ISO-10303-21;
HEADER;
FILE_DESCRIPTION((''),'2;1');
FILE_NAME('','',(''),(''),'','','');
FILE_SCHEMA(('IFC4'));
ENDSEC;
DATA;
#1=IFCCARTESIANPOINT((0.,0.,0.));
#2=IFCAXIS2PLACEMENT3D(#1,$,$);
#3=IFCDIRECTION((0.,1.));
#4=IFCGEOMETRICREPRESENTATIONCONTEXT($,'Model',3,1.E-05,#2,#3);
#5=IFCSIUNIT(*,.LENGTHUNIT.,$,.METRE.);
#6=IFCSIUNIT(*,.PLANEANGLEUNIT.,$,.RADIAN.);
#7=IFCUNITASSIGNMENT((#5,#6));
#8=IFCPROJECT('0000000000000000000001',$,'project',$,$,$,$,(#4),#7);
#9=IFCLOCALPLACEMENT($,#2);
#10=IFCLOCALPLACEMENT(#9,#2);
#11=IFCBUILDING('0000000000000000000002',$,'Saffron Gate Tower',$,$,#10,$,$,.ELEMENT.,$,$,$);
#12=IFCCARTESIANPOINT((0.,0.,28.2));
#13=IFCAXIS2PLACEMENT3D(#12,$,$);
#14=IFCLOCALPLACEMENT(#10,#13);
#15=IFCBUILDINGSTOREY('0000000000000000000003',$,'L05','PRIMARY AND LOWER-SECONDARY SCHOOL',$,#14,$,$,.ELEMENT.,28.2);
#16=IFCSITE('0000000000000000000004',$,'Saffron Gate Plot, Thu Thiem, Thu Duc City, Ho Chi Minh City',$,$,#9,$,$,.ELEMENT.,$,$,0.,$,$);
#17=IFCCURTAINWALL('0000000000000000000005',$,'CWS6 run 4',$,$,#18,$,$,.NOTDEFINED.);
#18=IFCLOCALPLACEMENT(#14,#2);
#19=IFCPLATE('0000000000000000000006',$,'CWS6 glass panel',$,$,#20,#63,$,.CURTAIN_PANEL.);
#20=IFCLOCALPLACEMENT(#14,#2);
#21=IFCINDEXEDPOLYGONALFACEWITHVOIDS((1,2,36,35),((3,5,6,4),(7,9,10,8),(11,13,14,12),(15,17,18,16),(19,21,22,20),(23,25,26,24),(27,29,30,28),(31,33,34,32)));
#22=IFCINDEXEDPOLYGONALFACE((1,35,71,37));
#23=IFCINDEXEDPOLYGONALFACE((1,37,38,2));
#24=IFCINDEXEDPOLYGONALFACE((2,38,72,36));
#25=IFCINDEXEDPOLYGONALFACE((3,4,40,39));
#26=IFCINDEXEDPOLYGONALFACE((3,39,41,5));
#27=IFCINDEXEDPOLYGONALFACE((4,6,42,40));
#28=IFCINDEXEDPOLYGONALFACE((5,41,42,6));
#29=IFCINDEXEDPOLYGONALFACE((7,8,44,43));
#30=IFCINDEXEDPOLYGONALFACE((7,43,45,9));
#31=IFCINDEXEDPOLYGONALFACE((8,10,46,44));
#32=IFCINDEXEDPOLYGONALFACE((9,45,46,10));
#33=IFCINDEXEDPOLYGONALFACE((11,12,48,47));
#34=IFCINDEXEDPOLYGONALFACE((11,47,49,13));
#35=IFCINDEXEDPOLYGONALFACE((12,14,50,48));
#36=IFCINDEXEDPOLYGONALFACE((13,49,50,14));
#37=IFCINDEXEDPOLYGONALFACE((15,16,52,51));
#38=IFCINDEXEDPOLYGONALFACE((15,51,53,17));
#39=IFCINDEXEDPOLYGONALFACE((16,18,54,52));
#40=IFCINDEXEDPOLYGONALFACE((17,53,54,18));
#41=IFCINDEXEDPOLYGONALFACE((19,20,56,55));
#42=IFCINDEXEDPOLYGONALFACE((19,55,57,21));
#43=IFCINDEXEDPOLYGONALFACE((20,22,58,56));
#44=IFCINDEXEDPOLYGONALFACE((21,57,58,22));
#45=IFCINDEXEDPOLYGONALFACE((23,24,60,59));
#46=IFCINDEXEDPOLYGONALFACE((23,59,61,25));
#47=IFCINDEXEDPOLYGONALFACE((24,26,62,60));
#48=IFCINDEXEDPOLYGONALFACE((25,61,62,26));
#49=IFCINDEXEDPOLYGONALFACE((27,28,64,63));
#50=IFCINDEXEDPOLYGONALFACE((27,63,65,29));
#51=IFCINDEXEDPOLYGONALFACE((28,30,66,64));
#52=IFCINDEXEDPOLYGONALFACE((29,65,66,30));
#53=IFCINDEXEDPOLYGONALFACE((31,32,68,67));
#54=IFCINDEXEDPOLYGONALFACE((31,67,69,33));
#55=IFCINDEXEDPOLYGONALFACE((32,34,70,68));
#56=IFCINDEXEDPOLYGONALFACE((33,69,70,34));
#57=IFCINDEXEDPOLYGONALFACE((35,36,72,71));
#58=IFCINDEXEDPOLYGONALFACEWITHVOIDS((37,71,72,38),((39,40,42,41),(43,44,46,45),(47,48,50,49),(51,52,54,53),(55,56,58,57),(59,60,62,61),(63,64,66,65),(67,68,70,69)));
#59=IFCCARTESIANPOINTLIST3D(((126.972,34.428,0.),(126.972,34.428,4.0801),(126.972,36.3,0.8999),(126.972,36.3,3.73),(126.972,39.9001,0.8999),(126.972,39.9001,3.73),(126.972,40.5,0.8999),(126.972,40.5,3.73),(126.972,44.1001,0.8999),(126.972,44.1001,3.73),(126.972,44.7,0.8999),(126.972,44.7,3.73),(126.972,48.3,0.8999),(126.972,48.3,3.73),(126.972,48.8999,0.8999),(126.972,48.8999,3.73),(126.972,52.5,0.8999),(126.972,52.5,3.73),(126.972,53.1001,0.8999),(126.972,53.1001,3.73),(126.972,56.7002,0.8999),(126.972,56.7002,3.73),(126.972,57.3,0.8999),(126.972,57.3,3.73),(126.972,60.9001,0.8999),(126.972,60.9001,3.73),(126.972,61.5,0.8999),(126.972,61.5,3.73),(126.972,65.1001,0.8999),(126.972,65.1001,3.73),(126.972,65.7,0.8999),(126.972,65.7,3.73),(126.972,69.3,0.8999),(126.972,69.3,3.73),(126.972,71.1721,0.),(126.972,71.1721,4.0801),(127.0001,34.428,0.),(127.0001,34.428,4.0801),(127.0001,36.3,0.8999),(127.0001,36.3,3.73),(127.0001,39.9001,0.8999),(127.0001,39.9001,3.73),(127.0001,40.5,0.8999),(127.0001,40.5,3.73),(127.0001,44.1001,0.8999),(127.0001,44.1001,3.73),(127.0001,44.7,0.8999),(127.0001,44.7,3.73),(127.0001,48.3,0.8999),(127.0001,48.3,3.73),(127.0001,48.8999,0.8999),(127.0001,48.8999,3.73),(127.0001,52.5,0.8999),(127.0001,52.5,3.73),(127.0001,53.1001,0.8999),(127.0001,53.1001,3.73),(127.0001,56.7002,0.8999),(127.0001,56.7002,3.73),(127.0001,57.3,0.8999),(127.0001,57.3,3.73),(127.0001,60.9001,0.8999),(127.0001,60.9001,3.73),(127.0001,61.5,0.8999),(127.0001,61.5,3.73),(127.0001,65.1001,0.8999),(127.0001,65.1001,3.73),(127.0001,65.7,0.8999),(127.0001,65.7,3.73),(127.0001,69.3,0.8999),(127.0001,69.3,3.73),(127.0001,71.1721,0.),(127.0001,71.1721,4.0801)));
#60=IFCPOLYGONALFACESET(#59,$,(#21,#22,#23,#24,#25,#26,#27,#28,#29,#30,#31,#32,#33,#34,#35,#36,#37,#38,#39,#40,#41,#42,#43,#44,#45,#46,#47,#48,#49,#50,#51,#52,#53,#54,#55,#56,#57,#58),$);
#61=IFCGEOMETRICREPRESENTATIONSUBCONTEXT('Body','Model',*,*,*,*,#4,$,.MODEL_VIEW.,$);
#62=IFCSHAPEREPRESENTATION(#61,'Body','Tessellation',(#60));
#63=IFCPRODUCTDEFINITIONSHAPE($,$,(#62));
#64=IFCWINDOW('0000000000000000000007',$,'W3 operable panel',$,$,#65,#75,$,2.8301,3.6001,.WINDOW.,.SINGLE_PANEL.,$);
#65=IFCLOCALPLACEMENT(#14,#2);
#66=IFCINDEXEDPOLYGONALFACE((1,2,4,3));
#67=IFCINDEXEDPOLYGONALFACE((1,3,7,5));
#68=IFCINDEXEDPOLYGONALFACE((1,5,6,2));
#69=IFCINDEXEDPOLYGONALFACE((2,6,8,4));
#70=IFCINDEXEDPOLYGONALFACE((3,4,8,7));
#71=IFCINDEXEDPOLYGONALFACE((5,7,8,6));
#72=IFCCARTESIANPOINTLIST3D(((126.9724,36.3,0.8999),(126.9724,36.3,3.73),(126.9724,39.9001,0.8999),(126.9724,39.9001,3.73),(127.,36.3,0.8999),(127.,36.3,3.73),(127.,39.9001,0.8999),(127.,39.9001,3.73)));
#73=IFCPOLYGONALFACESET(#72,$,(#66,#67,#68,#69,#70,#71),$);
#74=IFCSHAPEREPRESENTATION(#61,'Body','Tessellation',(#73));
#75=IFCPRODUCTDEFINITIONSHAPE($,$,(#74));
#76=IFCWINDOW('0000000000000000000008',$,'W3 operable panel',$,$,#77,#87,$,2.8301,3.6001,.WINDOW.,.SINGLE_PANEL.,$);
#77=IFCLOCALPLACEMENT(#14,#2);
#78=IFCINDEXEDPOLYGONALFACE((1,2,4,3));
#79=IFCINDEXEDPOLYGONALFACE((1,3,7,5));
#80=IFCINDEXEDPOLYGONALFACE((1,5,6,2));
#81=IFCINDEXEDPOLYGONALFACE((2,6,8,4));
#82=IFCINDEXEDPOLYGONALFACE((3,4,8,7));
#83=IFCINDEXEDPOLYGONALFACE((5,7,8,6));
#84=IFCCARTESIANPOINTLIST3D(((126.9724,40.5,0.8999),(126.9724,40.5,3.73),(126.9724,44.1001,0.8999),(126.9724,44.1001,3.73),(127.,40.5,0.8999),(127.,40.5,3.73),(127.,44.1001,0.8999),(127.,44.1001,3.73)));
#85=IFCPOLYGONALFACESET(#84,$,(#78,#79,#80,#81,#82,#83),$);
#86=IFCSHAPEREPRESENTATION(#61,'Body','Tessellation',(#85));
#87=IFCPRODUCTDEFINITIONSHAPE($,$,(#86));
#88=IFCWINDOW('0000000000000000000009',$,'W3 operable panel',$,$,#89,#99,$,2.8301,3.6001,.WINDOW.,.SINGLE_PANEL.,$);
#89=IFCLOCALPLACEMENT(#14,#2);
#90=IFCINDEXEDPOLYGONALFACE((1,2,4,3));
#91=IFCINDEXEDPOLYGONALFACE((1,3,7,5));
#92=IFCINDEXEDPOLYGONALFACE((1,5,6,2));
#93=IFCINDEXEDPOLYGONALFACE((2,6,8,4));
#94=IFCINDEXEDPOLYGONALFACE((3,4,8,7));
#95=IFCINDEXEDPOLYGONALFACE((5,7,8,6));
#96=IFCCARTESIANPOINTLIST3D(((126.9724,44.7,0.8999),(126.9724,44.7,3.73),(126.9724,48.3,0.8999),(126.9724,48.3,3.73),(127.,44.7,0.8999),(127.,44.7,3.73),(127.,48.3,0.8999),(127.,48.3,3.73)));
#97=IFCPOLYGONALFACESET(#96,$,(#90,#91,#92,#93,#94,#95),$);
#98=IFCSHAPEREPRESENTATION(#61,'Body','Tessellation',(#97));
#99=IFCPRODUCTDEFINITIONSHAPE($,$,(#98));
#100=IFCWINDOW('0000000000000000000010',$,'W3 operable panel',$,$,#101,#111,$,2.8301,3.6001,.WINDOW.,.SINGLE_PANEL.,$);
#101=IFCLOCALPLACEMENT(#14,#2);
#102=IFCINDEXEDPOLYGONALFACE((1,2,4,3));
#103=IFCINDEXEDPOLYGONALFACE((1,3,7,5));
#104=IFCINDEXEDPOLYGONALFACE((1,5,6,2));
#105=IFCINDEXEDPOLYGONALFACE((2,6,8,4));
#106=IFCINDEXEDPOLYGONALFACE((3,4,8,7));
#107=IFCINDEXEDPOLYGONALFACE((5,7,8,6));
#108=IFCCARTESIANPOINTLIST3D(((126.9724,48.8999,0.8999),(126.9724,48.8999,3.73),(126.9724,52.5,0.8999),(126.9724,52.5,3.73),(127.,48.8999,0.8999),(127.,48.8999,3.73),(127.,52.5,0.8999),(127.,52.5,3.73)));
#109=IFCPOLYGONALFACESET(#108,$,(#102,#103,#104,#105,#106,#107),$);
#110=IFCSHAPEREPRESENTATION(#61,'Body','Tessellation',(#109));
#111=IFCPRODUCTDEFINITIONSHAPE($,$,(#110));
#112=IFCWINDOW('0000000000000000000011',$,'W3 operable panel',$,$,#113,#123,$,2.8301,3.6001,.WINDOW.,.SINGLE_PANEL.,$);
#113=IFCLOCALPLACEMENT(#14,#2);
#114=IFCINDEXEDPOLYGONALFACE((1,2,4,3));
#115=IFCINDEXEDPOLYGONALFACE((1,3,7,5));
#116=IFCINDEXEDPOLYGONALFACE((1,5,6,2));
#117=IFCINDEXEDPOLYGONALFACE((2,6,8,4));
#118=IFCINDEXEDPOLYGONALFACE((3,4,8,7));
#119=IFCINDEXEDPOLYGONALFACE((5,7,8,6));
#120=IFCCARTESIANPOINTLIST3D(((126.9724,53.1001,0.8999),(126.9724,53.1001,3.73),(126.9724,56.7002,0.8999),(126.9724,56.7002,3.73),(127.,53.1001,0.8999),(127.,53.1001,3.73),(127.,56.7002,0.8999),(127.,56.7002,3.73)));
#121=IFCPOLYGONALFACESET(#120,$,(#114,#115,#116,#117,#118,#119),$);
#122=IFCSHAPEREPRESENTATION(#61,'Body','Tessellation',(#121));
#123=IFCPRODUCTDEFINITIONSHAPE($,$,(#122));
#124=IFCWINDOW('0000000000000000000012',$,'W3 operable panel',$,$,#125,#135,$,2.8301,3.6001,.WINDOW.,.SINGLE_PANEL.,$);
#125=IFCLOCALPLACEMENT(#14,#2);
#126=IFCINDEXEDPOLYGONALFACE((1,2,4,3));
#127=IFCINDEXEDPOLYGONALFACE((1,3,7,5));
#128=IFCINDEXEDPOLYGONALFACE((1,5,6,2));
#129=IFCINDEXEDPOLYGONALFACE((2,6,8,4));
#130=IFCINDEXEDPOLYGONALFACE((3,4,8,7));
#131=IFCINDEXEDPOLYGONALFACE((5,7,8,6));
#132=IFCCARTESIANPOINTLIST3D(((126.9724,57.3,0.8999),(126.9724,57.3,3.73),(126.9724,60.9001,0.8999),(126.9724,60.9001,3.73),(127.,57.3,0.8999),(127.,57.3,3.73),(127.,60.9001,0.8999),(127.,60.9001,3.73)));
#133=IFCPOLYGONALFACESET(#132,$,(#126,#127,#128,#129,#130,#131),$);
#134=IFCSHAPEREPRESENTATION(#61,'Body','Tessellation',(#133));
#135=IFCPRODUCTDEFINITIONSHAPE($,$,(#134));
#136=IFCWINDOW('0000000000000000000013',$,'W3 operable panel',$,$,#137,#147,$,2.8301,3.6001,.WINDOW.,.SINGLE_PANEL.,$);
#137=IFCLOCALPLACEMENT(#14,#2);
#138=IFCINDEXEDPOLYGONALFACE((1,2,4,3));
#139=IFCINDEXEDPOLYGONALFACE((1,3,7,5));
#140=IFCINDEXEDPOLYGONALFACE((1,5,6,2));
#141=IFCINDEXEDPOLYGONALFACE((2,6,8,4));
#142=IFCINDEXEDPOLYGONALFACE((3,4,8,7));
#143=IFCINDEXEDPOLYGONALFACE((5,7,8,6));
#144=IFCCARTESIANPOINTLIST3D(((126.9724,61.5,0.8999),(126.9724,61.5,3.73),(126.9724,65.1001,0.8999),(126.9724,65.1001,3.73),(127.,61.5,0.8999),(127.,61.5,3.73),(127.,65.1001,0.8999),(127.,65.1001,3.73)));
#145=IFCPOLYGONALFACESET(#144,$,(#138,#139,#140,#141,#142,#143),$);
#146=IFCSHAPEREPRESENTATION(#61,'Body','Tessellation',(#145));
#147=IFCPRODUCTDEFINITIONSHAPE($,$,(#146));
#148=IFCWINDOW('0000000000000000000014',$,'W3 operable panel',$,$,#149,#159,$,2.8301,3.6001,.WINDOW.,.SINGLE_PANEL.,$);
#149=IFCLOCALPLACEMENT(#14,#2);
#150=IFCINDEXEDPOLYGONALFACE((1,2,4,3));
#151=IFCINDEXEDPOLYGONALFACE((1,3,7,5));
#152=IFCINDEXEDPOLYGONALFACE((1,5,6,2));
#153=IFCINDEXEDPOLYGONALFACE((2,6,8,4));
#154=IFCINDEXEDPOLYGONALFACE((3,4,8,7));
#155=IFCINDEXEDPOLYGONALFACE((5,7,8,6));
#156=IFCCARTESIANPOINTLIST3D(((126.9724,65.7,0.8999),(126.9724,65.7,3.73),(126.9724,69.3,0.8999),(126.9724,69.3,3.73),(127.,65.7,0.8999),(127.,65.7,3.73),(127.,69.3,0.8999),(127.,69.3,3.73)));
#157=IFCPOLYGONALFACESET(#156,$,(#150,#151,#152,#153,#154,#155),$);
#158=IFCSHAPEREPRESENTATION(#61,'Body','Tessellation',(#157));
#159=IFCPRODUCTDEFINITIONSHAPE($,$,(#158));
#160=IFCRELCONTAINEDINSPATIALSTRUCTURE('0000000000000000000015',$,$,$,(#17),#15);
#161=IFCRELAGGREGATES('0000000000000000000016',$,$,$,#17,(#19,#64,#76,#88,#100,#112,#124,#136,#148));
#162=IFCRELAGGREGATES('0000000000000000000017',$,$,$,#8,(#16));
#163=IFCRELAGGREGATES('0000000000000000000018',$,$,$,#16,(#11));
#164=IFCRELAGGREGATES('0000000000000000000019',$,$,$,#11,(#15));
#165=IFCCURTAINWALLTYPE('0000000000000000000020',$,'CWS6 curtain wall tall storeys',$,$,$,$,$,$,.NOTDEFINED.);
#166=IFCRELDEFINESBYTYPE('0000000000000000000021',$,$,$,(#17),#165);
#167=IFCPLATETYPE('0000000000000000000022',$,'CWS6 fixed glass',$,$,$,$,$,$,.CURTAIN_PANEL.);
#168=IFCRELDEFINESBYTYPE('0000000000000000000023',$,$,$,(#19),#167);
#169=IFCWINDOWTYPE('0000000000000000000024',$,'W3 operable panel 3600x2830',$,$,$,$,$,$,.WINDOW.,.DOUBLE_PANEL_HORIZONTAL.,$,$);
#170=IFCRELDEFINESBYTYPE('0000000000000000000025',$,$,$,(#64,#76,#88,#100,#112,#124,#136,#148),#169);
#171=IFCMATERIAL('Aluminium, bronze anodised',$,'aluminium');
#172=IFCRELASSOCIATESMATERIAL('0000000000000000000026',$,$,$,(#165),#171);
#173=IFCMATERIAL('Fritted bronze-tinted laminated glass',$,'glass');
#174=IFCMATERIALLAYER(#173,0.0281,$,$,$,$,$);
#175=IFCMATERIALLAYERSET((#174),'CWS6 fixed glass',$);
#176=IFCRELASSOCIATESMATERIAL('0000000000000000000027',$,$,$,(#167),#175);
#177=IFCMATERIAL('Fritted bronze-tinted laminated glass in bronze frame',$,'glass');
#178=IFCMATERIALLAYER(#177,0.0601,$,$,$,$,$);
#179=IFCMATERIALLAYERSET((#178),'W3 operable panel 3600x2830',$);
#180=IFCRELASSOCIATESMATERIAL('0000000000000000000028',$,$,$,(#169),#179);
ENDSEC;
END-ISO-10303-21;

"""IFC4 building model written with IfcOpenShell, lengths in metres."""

from ifc_helpers import new_model, si_unit, direction, frame, frame_2d, origin, place, context, subcontext, project, spatial, rectangle, extrude, material, layer, layer_set, type_object, element, fill, aggregate, save


model = new_model("IFC4")

# Units and contexts
model_context = context("Model", 3, precision=1e-05, world=origin(), true_north=direction((0.0, 1.0)))
body_context = subcontext(model_context, "Body", "Model", "MODEL_VIEW")
ifc_project = project(units=[si_unit("LENGTHUNIT", "METRE"), si_unit("PLANEANGLEUNIT", "RADIAN")], contexts=[model_context])

# Site, building, storey
site_placement = place(None, origin())
site = spatial("IfcSite", under=ifc_project, at=site_placement, Name="Saffron Gate Plot, Thu Thiem, Thu Duc City, Ho Chi Minh City", CompositionType="ELEMENT", RefElevation=0.0)
building_placement = place(site_placement, origin())
building = spatial("IfcBuilding", under=site, at=building_placement, Name="Saffron Gate Tower", CompositionType="ELEMENT")
storey_placement = place(building_placement, frame((0.0, 0.0, 28.2)))
storey = spatial("IfcBuildingStorey", under=building, at=storey_placement, Name="L05", Description="PRIMARY AND LOWER-SECONDARY SCHOOL", CompositionType="ELEMENT", Elevation=28.2)

# Curtain wall
ifc_material_1 = material(Name="Aluminium, bronze anodised", Category="aluminium")
curtain_wall_type = type_object("IfcCurtainWallType", Name="CWS6 curtain wall tall storeys", PredefinedType="NOTDEFINED", material=ifc_material_1)
curtain_wall_1_placement = place(storey_placement, origin())
curtain_wall_1 = element("IfcCurtainWall", 1, at=curtain_wall_1_placement, inside=storey, type_object=curtain_wall_type, Name="CWS6 run 4", PredefinedType="NOTDEFINED")

# Plate, openings, windows
ifc_material_2 = material(Name="Fritted bronze-tinted laminated glass", Category="glass")
ifc_layer_1 = layer(ifc_material_2, 0.0281)
ifc_layer_set_1 = layer_set([ifc_layer_1], Name="CWS6 fixed glass")
plate_type = type_object("IfcPlateType", Name="CWS6 fixed glass", PredefinedType="CURTAIN_PANEL", material=ifc_layer_set_1)
plate_placement = place(storey_placement, frame((126.9861, 34.428, 0.0), z_axis=(0.0, 0.0, 1.0), x_axis=(0.0, 1.0, 0.0)))
plate = element("IfcPlate", 2, at=plate_placement, type_object=plate_type, Name="CWS6 glass panel", PredefinedType="CURTAIN_PANEL", context=body_context, shape_type="SweptSolid", body=[
    extrude(rectangle(XDim=36.7441, YDim=0.0281, at=frame_2d((18.3721, 0.0))), origin(), (0.0, 0.0, 1.0), 4.0801),
])
opening_1_placement = place(plate_placement, frame((1.8721, 0.0, 0.8999)))
opening_1 = element("IfcOpeningElement", 3, at=opening_1_placement, cuts=plate, PredefinedType="OPENING", context=body_context, shape_type="SweptSolid", body=[
    extrude(rectangle(XDim=3.6001, YDim=2.8301, at=frame_2d((1.8, 1.415))), frame((0.0, 0.0239, 0.0), z_axis=(0.0, -1.0, 0.0), x_axis=(1.0, 0.0, 0.0)), (0.0, 0.0, 1.0), 0.0481),
])
opening_2_placement = place(plate_placement, frame((6.072, 0.0, 0.8999)))
opening_2 = element("IfcOpeningElement", 4, at=opening_2_placement, cuts=plate, PredefinedType="OPENING", context=body_context, shape_type="SweptSolid", body=[
    extrude(rectangle(XDim=3.6001, YDim=2.8301, at=frame_2d((1.8, 1.415))), frame((0.0, 0.0239, 0.0), z_axis=(0.0, -1.0, 0.0), x_axis=(1.0, 0.0, 0.0)), (0.0, 0.0, 1.0), 0.0481),
])
opening_3_placement = place(plate_placement, frame((10.272, 0.0, 0.8999)))
opening_3 = element("IfcOpeningElement", 5, at=opening_3_placement, cuts=plate, PredefinedType="OPENING", context=body_context, shape_type="SweptSolid", body=[
    extrude(rectangle(XDim=3.6001, YDim=2.8301, at=frame_2d((1.8, 1.415))), frame((0.0, 0.0239, 0.0), z_axis=(0.0, -1.0, 0.0), x_axis=(1.0, 0.0, 0.0)), (0.0, 0.0, 1.0), 0.0481),
])
opening_4_placement = place(plate_placement, frame((14.4719, 0.0, 0.8999)))
opening_4 = element("IfcOpeningElement", 6, at=opening_4_placement, cuts=plate, PredefinedType="OPENING", context=body_context, shape_type="SweptSolid", body=[
    extrude(rectangle(XDim=3.6001, YDim=2.8301, at=frame_2d((1.8, 1.415))), frame((0.0, 0.0239, 0.0), z_axis=(0.0, -1.0, 0.0), x_axis=(1.0, 0.0, 0.0)), (0.0, 0.0, 1.0), 0.0481),
])
opening_5_placement = place(plate_placement, frame((18.6721, 0.0, 0.8999)))
opening_5 = element("IfcOpeningElement", 7, at=opening_5_placement, cuts=plate, PredefinedType="OPENING", context=body_context, shape_type="SweptSolid", body=[
    extrude(rectangle(XDim=3.6001, YDim=2.8301, at=frame_2d((1.8, 1.415))), frame((0.0, 0.0239, 0.0), z_axis=(0.0, -1.0, 0.0), x_axis=(1.0, 0.0, 0.0)), (0.0, 0.0, 1.0), 0.0481),
])
opening_6_placement = place(plate_placement, frame((22.8721, 0.0, 0.8999)))
opening_6 = element("IfcOpeningElement", 8, at=opening_6_placement, cuts=plate, PredefinedType="OPENING", context=body_context, shape_type="SweptSolid", body=[
    extrude(rectangle(XDim=3.6001, YDim=2.8301, at=frame_2d((1.8, 1.415))), frame((0.0, 0.0239, 0.0), z_axis=(0.0, -1.0, 0.0), x_axis=(1.0, 0.0, 0.0)), (0.0, 0.0, 1.0), 0.0481),
])
opening_7_placement = place(plate_placement, frame((27.072, 0.0, 0.8999)))
opening_7 = element("IfcOpeningElement", 9, at=opening_7_placement, cuts=plate, PredefinedType="OPENING", context=body_context, shape_type="SweptSolid", body=[
    extrude(rectangle(XDim=3.6001, YDim=2.8301, at=frame_2d((1.8, 1.415))), frame((0.0, 0.0239, 0.0), z_axis=(0.0, -1.0, 0.0), x_axis=(1.0, 0.0, 0.0)), (0.0, 0.0, 1.0), 0.0481),
])
opening_8_placement = place(plate_placement, frame((31.272, 0.0, 0.8999)))
opening_8 = element("IfcOpeningElement", 10, at=opening_8_placement, cuts=plate, PredefinedType="OPENING", context=body_context, shape_type="SweptSolid", body=[
    extrude(rectangle(XDim=3.6001, YDim=2.8301, at=frame_2d((1.8, 1.415))), frame((0.0, 0.0239, 0.0), z_axis=(0.0, -1.0, 0.0), x_axis=(1.0, 0.0, 0.0)), (0.0, 0.0, 1.0), 0.0481),
])
ifc_material_3 = material(Name="Fritted bronze-tinted laminated glass in bronze frame", Category="glass")
ifc_layer_2 = layer(ifc_material_3, 0.0601)
ifc_layer_set_2 = layer_set([ifc_layer_2], Name="W3 operable panel 3600x2830")
window_type = type_object("IfcWindowType", Name="W3 operable panel 3600x2830", PartitioningType="DOUBLE_PANEL_HORIZONTAL", PredefinedType="WINDOW", material=ifc_layer_set_2)
window_1_placement = place(opening_1_placement, origin())
window_1 = element("IfcWindow", 11, at=window_1_placement, type_object=window_type, Name="W3 operable panel", OverallHeight=2.8301, OverallWidth=3.6001, PartitioningType="SINGLE_PANEL", PredefinedType="WINDOW", context=body_context, shape_type="SweptSolid", body=[
    extrude(rectangle(XDim=3.6001, YDim=2.8301, at=frame_2d((1.8, 1.415))), frame((0.0, 0.0137, 0.0), z_axis=(0.0, -1.0, 0.0), x_axis=(1.0, 0.0, 0.0)), (0.0, 0.0, 1.0), 0.0276),
])
fill(opening_1, window_1)
window_2_placement = place(opening_2_placement, origin())
window_2 = element("IfcWindow", 12, at=window_2_placement, type_object=window_type, Name="W3 operable panel", OverallHeight=2.8301, OverallWidth=3.6001, PartitioningType="SINGLE_PANEL", PredefinedType="WINDOW", context=body_context, shape_type="SweptSolid", body=[
    extrude(rectangle(XDim=3.6001, YDim=2.8301, at=frame_2d((1.8, 1.415))), frame((0.0, 0.0137, 0.0), z_axis=(0.0, -1.0, 0.0), x_axis=(1.0, 0.0, 0.0)), (0.0, 0.0, 1.0), 0.0276),
])
fill(opening_2, window_2)
window_3_placement = place(opening_3_placement, origin())
window_3 = element("IfcWindow", 13, at=window_3_placement, type_object=window_type, Name="W3 operable panel", OverallHeight=2.8301, OverallWidth=3.6001, PartitioningType="SINGLE_PANEL", PredefinedType="WINDOW", context=body_context, shape_type="SweptSolid", body=[
    extrude(rectangle(XDim=3.6001, YDim=2.8301, at=frame_2d((1.8, 1.415))), frame((0.0, 0.0137, 0.0), z_axis=(0.0, -1.0, 0.0), x_axis=(1.0, 0.0, 0.0)), (0.0, 0.0, 1.0), 0.0276),
])
fill(opening_3, window_3)
window_4_placement = place(opening_4_placement, origin())
window_4 = element("IfcWindow", 14, at=window_4_placement, type_object=window_type, Name="W3 operable panel", OverallHeight=2.8301, OverallWidth=3.6001, PartitioningType="SINGLE_PANEL", PredefinedType="WINDOW", context=body_context, shape_type="SweptSolid", body=[
    extrude(rectangle(XDim=3.6001, YDim=2.8301, at=frame_2d((1.8, 1.415))), frame((0.0, 0.0137, 0.0), z_axis=(0.0, -1.0, 0.0), x_axis=(1.0, 0.0, 0.0)), (0.0, 0.0, 1.0), 0.0276),
])
fill(opening_4, window_4)
window_5_placement = place(opening_5_placement, origin())
window_5 = element("IfcWindow", 15, at=window_5_placement, type_object=window_type, Name="W3 operable panel", OverallHeight=2.8301, OverallWidth=3.6001, PartitioningType="SINGLE_PANEL", PredefinedType="WINDOW", context=body_context, shape_type="SweptSolid", body=[
    extrude(rectangle(XDim=3.6001, YDim=2.8301, at=frame_2d((1.8, 1.415))), frame((0.0, 0.0137, 0.0), z_axis=(0.0, -1.0, 0.0), x_axis=(1.0, 0.0, 0.0)), (0.0, 0.0, 1.0), 0.0276),
])
fill(opening_5, window_5)
window_6_placement = place(opening_6_placement, origin())
window_6 = element("IfcWindow", 16, at=window_6_placement, type_object=window_type, Name="W3 operable panel", OverallHeight=2.8301, OverallWidth=3.6001, PartitioningType="SINGLE_PANEL", PredefinedType="WINDOW", context=body_context, shape_type="SweptSolid", body=[
    extrude(rectangle(XDim=3.6001, YDim=2.8301, at=frame_2d((1.8, 1.415))), frame((0.0, 0.0137, 0.0), z_axis=(0.0, -1.0, 0.0), x_axis=(1.0, 0.0, 0.0)), (0.0, 0.0, 1.0), 0.0276),
])
fill(opening_6, window_6)
window_7_placement = place(opening_7_placement, origin())
window_7 = element("IfcWindow", 17, at=window_7_placement, type_object=window_type, Name="W3 operable panel", OverallHeight=2.8301, OverallWidth=3.6001, PartitioningType="SINGLE_PANEL", PredefinedType="WINDOW", context=body_context, shape_type="SweptSolid", body=[
    extrude(rectangle(XDim=3.6001, YDim=2.8301, at=frame_2d((1.8, 1.415))), frame((0.0, 0.0137, 0.0), z_axis=(0.0, -1.0, 0.0), x_axis=(1.0, 0.0, 0.0)), (0.0, 0.0, 1.0), 0.0276),
])
fill(opening_7, window_7)
window_8_placement = place(opening_8_placement, origin())
window_8 = element("IfcWindow", 18, at=window_8_placement, type_object=window_type, Name="W3 operable panel", OverallHeight=2.8301, OverallWidth=3.6001, PartitioningType="SINGLE_PANEL", PredefinedType="WINDOW", context=body_context, shape_type="SweptSolid", body=[
    extrude(rectangle(XDim=3.6001, YDim=2.8301, at=frame_2d((1.8, 1.415))), frame((0.0, 0.0137, 0.0), z_axis=(0.0, -1.0, 0.0), x_axis=(1.0, 0.0, 0.0)), (0.0, 0.0, 1.0), 0.0276),
])
fill(opening_8, window_8)
aggregate(curtain_wall_1, [plate, window_1, window_2, window_3, window_4, window_5, window_6, window_7, window_8])

save(model, "model.ifc")
